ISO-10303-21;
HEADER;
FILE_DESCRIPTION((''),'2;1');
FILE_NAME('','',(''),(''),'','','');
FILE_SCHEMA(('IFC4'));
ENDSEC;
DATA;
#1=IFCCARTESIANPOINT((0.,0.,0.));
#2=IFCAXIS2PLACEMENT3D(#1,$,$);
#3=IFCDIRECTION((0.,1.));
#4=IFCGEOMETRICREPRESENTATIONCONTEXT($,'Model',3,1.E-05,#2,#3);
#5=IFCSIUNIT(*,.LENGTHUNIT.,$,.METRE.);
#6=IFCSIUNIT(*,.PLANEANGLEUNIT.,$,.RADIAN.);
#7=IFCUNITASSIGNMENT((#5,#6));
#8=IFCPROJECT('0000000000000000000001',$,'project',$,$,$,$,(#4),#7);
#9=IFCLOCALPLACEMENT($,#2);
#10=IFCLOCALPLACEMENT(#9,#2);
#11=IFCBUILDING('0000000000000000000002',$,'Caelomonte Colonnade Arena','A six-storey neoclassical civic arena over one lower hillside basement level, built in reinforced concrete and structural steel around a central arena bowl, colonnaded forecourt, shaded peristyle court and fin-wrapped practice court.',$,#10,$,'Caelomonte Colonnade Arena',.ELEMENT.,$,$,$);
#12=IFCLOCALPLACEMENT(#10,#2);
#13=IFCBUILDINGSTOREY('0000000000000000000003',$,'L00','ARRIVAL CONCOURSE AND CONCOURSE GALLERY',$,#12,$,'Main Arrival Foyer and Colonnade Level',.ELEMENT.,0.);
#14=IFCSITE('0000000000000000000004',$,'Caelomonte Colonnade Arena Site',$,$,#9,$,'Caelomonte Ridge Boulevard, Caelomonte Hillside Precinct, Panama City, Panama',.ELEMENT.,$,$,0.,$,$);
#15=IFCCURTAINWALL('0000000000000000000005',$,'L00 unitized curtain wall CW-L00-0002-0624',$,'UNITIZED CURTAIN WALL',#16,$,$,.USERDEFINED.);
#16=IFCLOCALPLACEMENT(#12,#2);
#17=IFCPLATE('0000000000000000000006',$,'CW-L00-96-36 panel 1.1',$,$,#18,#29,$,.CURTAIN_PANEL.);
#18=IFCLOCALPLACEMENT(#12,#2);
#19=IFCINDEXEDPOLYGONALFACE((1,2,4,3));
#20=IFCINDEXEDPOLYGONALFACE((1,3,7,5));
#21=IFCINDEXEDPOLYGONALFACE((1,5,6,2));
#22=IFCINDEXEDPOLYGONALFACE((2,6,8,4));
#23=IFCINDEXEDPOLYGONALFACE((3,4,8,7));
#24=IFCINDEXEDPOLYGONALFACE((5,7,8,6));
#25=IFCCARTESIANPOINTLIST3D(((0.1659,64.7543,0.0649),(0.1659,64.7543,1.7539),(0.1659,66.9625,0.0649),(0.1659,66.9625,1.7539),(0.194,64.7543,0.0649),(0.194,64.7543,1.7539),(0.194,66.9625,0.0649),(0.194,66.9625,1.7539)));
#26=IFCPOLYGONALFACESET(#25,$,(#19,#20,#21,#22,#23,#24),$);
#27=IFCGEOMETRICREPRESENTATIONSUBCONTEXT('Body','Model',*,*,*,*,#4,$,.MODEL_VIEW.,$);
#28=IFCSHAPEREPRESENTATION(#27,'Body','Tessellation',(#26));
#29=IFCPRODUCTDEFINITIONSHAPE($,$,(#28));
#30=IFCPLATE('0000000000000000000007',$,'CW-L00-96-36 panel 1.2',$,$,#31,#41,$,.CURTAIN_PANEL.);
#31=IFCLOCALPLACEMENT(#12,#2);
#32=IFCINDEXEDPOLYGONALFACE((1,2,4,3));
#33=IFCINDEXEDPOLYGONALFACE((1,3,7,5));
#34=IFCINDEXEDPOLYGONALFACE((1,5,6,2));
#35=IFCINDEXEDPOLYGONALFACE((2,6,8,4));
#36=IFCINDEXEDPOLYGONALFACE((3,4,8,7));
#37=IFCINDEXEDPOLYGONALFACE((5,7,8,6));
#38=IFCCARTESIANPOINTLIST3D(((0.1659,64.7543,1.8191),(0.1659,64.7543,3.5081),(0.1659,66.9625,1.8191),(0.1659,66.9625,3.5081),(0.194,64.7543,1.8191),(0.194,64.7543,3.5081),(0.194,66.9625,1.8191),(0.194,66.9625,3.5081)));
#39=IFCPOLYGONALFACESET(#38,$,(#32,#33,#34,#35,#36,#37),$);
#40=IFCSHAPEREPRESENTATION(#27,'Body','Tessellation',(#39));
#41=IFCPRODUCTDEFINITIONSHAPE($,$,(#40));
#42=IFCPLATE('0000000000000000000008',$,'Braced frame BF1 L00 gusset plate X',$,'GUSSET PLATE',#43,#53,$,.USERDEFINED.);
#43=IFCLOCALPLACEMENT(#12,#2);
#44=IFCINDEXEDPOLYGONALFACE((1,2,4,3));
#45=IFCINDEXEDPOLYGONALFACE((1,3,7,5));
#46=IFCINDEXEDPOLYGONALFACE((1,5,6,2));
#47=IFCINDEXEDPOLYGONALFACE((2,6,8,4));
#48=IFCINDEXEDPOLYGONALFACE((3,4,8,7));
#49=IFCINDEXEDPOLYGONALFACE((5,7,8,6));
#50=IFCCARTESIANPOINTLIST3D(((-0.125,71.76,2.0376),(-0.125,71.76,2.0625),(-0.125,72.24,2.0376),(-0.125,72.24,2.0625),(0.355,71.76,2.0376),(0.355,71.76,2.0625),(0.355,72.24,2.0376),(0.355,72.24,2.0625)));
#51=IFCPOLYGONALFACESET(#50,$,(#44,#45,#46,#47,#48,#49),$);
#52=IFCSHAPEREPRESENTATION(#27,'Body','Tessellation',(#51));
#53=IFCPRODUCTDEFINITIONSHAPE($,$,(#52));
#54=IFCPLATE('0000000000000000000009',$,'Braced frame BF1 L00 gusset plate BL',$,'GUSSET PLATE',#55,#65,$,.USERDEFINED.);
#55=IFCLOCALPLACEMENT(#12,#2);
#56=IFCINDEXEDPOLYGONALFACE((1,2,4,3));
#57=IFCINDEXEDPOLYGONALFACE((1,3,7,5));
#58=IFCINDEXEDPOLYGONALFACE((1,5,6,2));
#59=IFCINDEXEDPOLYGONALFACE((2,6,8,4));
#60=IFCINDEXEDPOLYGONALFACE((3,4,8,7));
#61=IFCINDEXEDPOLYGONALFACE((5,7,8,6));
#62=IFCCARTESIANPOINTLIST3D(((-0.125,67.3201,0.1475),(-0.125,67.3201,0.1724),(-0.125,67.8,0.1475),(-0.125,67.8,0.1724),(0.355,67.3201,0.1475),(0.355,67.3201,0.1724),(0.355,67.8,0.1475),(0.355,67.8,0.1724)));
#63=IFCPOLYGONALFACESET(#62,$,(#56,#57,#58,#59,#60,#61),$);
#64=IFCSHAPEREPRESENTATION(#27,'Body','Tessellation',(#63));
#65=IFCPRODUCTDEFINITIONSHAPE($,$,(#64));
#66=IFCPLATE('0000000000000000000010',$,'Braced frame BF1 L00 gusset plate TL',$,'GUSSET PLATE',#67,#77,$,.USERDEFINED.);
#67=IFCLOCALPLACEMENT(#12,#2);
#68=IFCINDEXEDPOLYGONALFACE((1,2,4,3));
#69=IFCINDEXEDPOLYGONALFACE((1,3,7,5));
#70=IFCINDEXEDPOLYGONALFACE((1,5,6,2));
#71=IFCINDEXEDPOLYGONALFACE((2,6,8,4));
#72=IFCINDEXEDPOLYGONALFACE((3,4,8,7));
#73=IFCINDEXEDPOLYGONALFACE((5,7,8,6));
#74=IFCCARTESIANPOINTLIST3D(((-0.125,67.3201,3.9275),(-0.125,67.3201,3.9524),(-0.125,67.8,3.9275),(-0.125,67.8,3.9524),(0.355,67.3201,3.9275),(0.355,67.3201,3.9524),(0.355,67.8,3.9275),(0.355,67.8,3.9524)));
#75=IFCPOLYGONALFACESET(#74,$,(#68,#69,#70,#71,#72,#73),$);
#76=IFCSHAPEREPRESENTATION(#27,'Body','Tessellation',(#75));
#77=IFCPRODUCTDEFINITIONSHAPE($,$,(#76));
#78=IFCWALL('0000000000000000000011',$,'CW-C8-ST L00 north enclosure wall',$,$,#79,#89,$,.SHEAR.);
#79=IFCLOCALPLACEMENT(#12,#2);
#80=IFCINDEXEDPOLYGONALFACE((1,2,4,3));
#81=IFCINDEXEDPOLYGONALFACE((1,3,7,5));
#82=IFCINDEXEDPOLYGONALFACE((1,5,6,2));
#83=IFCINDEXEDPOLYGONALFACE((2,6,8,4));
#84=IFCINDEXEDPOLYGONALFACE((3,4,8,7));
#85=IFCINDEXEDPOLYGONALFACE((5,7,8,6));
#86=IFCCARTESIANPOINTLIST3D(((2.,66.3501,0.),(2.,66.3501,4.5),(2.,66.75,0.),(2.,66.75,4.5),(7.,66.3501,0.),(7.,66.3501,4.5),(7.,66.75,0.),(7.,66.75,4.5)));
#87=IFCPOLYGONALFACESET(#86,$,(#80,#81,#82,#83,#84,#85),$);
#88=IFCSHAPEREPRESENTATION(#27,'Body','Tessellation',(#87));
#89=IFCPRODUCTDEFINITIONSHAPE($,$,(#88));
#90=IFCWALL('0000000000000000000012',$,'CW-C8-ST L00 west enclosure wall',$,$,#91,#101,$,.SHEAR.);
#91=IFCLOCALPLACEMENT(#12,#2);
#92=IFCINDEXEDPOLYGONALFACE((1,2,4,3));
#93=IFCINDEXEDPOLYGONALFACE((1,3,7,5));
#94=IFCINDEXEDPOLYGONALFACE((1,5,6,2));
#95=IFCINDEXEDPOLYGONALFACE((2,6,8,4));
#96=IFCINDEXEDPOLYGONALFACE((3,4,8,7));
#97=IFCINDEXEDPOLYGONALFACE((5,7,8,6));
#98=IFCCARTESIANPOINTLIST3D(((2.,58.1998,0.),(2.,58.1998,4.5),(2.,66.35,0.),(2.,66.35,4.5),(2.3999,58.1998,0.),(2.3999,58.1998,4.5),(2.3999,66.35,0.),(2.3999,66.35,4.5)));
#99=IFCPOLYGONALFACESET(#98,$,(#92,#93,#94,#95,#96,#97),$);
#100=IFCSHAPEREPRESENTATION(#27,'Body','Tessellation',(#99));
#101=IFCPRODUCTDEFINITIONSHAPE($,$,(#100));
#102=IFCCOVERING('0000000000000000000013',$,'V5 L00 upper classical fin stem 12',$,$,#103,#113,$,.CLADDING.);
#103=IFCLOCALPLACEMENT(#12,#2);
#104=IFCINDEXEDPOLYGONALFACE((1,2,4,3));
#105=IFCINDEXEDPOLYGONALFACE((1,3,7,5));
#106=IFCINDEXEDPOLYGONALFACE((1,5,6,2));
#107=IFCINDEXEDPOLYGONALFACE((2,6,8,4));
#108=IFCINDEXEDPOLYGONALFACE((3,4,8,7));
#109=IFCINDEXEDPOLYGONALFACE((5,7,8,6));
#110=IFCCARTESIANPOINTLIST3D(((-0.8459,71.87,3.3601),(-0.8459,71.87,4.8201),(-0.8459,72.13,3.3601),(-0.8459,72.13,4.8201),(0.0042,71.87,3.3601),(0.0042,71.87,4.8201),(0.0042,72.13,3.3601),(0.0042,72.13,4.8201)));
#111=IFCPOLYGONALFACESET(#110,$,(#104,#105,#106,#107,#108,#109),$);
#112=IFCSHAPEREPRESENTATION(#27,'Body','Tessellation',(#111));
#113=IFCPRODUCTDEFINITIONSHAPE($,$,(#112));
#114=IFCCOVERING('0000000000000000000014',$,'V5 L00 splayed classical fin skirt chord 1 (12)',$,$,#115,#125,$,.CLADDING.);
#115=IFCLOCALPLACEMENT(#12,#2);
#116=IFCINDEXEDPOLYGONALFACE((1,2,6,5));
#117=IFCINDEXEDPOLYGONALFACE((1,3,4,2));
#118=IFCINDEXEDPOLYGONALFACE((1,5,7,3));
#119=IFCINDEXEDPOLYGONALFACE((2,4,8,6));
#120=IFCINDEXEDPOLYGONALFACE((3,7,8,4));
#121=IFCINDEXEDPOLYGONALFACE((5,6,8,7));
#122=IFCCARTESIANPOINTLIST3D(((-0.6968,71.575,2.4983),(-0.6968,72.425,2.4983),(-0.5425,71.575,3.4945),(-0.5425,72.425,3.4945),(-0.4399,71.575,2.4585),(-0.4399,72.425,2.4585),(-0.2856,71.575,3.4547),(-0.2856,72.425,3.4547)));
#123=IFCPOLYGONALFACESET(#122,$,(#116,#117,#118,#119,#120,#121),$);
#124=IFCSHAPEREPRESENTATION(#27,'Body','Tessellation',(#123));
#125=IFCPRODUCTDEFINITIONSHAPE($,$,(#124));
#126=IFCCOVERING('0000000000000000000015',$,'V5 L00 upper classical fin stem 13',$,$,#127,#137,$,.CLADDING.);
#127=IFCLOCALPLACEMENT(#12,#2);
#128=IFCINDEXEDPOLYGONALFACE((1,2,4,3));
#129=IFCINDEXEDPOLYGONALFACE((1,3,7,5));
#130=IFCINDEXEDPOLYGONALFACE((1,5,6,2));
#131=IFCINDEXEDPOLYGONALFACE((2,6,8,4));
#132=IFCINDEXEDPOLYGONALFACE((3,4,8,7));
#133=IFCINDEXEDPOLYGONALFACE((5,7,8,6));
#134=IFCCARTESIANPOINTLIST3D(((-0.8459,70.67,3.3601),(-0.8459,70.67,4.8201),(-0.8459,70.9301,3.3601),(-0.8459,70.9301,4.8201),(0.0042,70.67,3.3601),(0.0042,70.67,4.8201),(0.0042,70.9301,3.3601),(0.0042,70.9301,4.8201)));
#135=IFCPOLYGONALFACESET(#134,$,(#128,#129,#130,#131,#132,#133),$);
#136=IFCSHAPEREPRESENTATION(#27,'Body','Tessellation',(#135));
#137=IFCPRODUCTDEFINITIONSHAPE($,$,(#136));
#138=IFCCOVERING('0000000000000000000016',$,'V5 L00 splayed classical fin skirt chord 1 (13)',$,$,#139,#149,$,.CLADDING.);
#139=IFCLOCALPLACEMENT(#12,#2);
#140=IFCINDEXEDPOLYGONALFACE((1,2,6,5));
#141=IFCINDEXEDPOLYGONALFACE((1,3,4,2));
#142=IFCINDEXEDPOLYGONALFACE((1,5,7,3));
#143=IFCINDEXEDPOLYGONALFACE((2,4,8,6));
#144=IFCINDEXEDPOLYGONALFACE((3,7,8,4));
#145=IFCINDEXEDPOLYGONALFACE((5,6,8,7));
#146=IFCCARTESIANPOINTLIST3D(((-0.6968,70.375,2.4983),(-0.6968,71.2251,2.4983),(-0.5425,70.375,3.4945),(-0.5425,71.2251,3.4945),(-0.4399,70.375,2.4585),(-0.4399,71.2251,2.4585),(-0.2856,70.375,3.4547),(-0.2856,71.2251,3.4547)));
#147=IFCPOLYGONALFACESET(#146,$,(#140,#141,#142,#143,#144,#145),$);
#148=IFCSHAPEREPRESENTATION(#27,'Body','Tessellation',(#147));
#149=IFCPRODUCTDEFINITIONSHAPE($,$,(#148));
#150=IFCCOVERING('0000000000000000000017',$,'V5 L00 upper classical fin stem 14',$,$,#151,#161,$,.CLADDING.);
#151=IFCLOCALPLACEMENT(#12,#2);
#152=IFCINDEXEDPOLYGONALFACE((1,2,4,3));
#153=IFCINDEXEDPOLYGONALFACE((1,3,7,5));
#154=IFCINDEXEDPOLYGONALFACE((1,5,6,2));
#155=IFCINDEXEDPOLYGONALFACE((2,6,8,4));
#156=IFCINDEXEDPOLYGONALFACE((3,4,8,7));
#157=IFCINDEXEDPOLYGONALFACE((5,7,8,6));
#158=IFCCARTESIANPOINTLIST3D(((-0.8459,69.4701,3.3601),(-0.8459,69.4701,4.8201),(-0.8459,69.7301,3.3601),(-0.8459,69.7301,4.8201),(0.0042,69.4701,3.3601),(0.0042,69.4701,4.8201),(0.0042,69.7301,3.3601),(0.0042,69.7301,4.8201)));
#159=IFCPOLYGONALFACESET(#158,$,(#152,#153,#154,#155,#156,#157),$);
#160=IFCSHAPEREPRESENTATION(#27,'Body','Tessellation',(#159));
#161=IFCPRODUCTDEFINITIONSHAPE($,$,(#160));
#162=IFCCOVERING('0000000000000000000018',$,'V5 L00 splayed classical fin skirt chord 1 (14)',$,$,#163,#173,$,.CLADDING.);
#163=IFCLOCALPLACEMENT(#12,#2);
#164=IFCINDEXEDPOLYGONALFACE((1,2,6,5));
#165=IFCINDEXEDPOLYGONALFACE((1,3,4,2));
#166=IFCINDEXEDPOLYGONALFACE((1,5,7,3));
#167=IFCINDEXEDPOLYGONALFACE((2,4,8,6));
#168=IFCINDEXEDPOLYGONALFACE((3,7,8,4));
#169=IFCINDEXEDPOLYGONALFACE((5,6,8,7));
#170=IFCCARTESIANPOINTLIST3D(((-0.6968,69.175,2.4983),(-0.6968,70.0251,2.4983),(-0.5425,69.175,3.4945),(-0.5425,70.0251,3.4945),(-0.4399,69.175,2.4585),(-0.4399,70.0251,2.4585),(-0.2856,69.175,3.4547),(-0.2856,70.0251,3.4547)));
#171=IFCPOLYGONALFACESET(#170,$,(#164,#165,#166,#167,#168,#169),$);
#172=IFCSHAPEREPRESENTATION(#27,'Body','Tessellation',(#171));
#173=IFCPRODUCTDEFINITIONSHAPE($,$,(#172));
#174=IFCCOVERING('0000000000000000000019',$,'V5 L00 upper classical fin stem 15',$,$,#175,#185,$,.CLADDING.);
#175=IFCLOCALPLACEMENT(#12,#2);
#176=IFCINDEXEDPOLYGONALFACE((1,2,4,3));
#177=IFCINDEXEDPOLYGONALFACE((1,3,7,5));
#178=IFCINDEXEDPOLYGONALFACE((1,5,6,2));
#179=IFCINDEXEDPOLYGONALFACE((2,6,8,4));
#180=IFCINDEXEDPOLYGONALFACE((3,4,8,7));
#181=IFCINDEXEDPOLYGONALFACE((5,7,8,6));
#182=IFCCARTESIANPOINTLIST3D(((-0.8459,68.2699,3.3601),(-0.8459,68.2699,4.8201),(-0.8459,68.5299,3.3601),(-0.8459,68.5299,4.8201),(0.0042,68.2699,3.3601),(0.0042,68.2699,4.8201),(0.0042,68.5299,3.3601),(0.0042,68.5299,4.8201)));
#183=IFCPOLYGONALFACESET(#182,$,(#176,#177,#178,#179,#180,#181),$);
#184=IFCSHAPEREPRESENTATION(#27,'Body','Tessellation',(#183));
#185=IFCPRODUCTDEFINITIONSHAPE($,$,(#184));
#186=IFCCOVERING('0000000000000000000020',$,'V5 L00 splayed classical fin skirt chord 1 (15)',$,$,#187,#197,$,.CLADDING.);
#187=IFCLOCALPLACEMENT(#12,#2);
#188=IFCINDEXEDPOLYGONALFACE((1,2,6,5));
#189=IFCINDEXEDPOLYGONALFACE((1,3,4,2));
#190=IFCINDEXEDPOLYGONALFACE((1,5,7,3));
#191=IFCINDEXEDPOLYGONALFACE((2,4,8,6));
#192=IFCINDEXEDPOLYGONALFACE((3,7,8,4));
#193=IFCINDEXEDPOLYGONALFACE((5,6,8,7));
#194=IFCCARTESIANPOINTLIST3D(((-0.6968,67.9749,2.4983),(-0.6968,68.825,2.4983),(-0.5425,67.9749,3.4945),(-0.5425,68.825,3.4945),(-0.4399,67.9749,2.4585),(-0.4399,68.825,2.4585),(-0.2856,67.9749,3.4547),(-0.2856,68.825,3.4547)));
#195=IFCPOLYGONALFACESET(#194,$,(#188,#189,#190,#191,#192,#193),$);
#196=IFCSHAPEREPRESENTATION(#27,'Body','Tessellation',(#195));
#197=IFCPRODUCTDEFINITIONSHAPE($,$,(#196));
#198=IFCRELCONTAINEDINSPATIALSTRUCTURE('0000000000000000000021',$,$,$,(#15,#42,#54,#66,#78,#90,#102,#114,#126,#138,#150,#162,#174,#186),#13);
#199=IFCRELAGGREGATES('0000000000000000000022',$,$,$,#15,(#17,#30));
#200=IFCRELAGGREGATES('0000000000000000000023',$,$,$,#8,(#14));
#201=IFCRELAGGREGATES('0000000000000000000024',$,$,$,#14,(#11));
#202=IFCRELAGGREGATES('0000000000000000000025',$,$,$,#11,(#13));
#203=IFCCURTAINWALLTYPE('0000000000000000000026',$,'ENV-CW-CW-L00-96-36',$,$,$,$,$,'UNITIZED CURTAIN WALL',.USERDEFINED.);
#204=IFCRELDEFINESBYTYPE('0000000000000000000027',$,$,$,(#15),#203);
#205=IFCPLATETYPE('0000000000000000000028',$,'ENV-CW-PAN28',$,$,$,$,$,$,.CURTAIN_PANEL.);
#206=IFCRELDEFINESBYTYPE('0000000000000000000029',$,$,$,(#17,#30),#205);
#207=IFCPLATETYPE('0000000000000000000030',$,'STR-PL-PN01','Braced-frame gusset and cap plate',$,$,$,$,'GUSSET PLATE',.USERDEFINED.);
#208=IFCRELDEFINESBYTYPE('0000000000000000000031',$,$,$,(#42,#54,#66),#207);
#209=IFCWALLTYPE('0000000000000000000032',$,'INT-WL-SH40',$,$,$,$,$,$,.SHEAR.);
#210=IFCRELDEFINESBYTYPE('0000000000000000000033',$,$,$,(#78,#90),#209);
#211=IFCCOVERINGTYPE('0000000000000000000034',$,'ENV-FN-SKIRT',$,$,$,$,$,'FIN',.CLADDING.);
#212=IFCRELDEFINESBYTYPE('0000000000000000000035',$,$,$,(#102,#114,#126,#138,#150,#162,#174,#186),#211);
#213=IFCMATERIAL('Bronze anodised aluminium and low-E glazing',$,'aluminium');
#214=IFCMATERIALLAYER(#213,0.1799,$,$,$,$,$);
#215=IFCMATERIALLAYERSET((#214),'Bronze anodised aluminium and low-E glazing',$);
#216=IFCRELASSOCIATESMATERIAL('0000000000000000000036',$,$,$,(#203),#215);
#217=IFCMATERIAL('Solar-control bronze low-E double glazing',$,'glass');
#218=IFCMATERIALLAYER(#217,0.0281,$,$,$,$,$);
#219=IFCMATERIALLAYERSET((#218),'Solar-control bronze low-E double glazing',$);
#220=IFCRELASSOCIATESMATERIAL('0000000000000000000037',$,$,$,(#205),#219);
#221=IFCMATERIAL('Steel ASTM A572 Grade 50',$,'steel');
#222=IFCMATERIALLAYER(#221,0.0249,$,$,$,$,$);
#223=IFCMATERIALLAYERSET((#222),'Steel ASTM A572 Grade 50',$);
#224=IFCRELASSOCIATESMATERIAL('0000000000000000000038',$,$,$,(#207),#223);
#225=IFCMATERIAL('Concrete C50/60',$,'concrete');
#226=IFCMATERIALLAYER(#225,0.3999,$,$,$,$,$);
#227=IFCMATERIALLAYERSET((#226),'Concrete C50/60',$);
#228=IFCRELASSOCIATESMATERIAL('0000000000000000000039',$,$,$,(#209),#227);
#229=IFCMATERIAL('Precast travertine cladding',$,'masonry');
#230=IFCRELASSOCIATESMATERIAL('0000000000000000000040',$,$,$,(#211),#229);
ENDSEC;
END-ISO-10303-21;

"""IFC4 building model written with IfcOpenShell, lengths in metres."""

from ifc_helpers import new_model, si_unit, direction, frame, frame_2d, origin, origin_2d, place, context, subcontext, project, spatial, rectangle, extrude, material, layer, layer_set, material_profile, profile_set, type_object, element, aggregate, save


model = new_model("IFC4")

# Units and contexts
model_context = context("Model", 3, precision=1e-05, world=origin(), true_north=direction((0.0, 1.0)))
body_context = subcontext(model_context, "Body", "Model", "MODEL_VIEW")
ifc_project = project(units=[si_unit("LENGTHUNIT", "METRE"), si_unit("PLANEANGLEUNIT", "RADIAN")], contexts=[model_context])

# Site, building, storey
site_placement = place(None, origin())
site = spatial("IfcSite", under=ifc_project, at=site_placement, Name="Caelomonte Colonnade Arena Site", LongName="Caelomonte Ridge Boulevard, Caelomonte Hillside Precinct, Panama City, Panama", CompositionType="ELEMENT", RefElevation=0.0)
building_placement = place(site_placement, origin())
building = spatial("IfcBuilding", under=site, at=building_placement, Name="Caelomonte Colonnade Arena", Description="A six-storey neoclassical civic arena over one lower hillside basement level, built in reinforced concrete and structural steel around a central arena bowl, colonnaded forecourt, shaded peristyle court and fin-wrapped practice court.", LongName="Caelomonte Colonnade Arena", CompositionType="ELEMENT")
storey_placement = place(building_placement, origin())
storey = spatial("IfcBuildingStorey", under=building, at=storey_placement, Name="L00", Description="ARRIVAL CONCOURSE AND CONCOURSE GALLERY", LongName="Main Arrival Foyer and Colonnade Level", CompositionType="ELEMENT", Elevation=0.0)

# Curtain wall
ifc_material_1 = material(Name="Bronze anodised aluminium and low-E glazing", Category="aluminium")
ifc_layer_1 = layer(ifc_material_1, 0.1799)
ifc_layer_set_1 = layer_set([ifc_layer_1], Name="Bronze anodised aluminium and low-E glazing")
curtain_wall_type = type_object("IfcCurtainWallType", Name="ENV-CW-CW-L00-96-36", ElementType="UNITIZED CURTAIN WALL", PredefinedType="USERDEFINED", material=ifc_layer_set_1)
curtain_wall_placement = place(storey_placement, origin())
curtain_wall = element("IfcCurtainWall", 1, at=curtain_wall_placement, inside=storey, type_object=curtain_wall_type, Name="L00 unitized curtain wall CW-L00-0002-0624", ObjectType="UNITIZED CURTAIN WALL", PredefinedType="USERDEFINED")

# Plates
ifc_material_2 = material(Name="Solar-control bronze low-E double glazing", Category="glass")
ifc_layer_2 = layer(ifc_material_2, 0.0281)
ifc_layer_set_2 = layer_set([ifc_layer_2], Name="Solar-control bronze low-E double glazing")
plate_type_1 = type_object("IfcPlateType", Name="ENV-CW-PAN28", PredefinedType="CURTAIN_PANEL", material=ifc_layer_set_2)
plate_1_placement = place(storey_placement, frame((0.1799, 65.8584, 0.0649), z_axis=(0.0, 0.0, 1.0), x_axis=(0.0, -1.0, 0.0)))
plate_1 = element("IfcPlate", 2, at=plate_1_placement, type_object=plate_type_1, Name="CW-L00-96-36 panel 1.1", PredefinedType="CURTAIN_PANEL", context=body_context, shape_type="SweptSolid", body=[
    extrude(rectangle(XDim=2.2083, YDim=0.0281, at=origin_2d()), origin(), (0.0, 0.0, 1.0), 1.689),
])
plate_2_placement = place(storey_placement, frame((0.1799, 65.8584, 1.8191), z_axis=(0.0, 0.0, 1.0), x_axis=(0.0, -1.0, 0.0)))
plate_2 = element("IfcPlate", 3, at=plate_2_placement, type_object=plate_type_1, Name="CW-L00-96-36 panel 1.2", PredefinedType="CURTAIN_PANEL", context=body_context, shape_type="SweptSolid", body=[
    extrude(rectangle(XDim=2.2083, YDim=0.0281, at=origin_2d()), origin(), (0.0, 0.0, 1.0), 1.689),
])
aggregate(curtain_wall, [plate_1, plate_2])

# Plates
ifc_material_3 = material(Name="Steel ASTM A572 Grade 50", Category="steel")
ifc_layer_3 = layer(ifc_material_3, 0.0249)
ifc_layer_set_3 = layer_set([ifc_layer_3], Name="Steel ASTM A572 Grade 50")
plate_type_2 = type_object("IfcPlateType", Name="STR-PL-PN01", Description="Braced-frame gusset and cap plate", ElementType="GUSSET PLATE", PredefinedType="USERDEFINED", material=ifc_layer_set_3)
for number, where, z_axis, x_axis, name in (
    (4, (0.115, 72.0, 2.0376), (0.0, 0.0, 1.0), (1.0, 0.0, 0.0), "Braced frame BF1 L00 gusset plate X"),
    (5, (0.115, 67.5601, 0.1475), (0.0, 0.0, 1.0), (1.0, 0.0, 0.0), "Braced frame BF1 L00 gusset plate BL"),
    (6, (0.115, 67.5601, 3.9275), (0.0, 0.0, 1.0), (1.0, 0.0, 0.0), "Braced frame BF1 L00 gusset plate TL"),
):
    element("IfcPlate", number, at=place(storey_placement, frame(where, z_axis=z_axis, x_axis=x_axis)), inside=storey, type_object=plate_type_2, Name=name, ObjectType="GUSSET PLATE", PredefinedType="USERDEFINED", context=body_context, shape_type="SweptSolid", body=[
        extrude(rectangle(XDim=0.48, YDim=0.48, at=origin_2d()), origin(), (0.0, 0.0, 1.0), 0.0249),
    ])

# Walls
ifc_material_4 = material(Name="Concrete C50/60", Category="concrete")
ifc_layer_4 = layer(ifc_material_4, 0.3999)
ifc_layer_set_4 = layer_set([ifc_layer_4], Name="Concrete C50/60")
wall_type = type_object("IfcWallType", Name="INT-WL-SH40", PredefinedType="SHEAR", material=ifc_layer_set_4)
wall_1_placement = place(storey_placement, frame((7.0, 66.55, 0.0), z_axis=(0.0, 0.0, 1.0), x_axis=(-1.0, 0.0, 0.0)))
element("IfcWall", 7, at=wall_1_placement, inside=storey, type_object=wall_type, Name="CW-C8-ST L00 north enclosure wall", PredefinedType="SHEAR", context=body_context, shape_type="SweptSolid", body=[
    extrude(rectangle(XDim=5.0, YDim=0.3999, at=frame_2d((2.5, 0.0))), origin(), (0.0, 0.0, 1.0), 4.5),
])
wall_2_placement = place(storey_placement, frame((2.2, 66.3501, 0.0), z_axis=(0.0, 0.0, 1.0), x_axis=(0.0, -1.0, 0.0)))
element("IfcWall", 8, at=wall_2_placement, inside=storey, type_object=wall_type, Name="CW-C8-ST L00 west enclosure wall", PredefinedType="SHEAR", context=body_context, shape_type="SweptSolid", body=[
    extrude(rectangle(XDim=8.1501, YDim=0.3999, at=frame_2d((4.0752, 0.0))), origin(), (0.0, 0.0, 1.0), 4.5),
])

# Coverings
ifc_material_5 = material(Name="Precast travertine cladding", Category="masonry")
ifc_material_profile_1 = material_profile(ifc_material_5, rectangle(XDim=0.26, YDim=0.8501, at=origin_2d()), Name="FIN260X850")
ifc_profile_set_1 = profile_set([ifc_material_profile_1], Name="Precast travertine cladding")
covering_type = type_object("IfcCoveringType", Name="ENV-FN-SKIRT", ElementType="FIN", PredefinedType="CLADDING", material=ifc_profile_set_1)
covering_1_placement = place(storey_placement, frame((-0.4209, 72.0, 3.3601), z_axis=(0.0, 0.0, 1.0), x_axis=(0.0, 1.0, 0.0)))
element("IfcCovering", 9, at=covering_1_placement, inside=storey, type_object=covering_type, Name="V5 L00 upper classical fin stem 12", PredefinedType="CLADDING", context=body_context, shape_type="SweptSolid", body=[
    extrude(rectangle(XDim=0.26, YDim=0.8501, at=origin_2d()), origin(), (0.0, 0.0, 1.0), 1.46),
])
covering_2_placement = place(storey_placement, frame((-0.4141, 72.0, 3.4746), z_axis=(-0.153076, 0.0, -0.988214), x_axis=(-0.988214, 0.0, 0.153076)))
element("IfcCovering", 10, at=covering_2_placement, inside=storey, type_object=covering_type, Name="V5 L00 splayed classical fin skirt chord 1 (12)", PredefinedType="CLADDING", context=body_context, shape_type="SweptSolid", body=[
    extrude(rectangle(XDim=0.26, YDim=0.8501, at=origin_2d()), origin(), (0.0, 0.0, 1.0), 1.0081),
])
covering_3_placement = place(storey_placement, frame((-0.4209, 70.8, 3.3601), z_axis=(0.0, 0.0, 1.0), x_axis=(0.0, 1.0, 0.0)))
element("IfcCovering", 11, at=covering_3_placement, inside=storey, type_object=covering_type, Name="V5 L00 upper classical fin stem 13", PredefinedType="CLADDING", context=body_context, shape_type="SweptSolid", body=[
    extrude(rectangle(XDim=0.26, YDim=0.8501, at=origin_2d()), origin(), (0.0, 0.0, 1.0), 1.46),
])
covering_4_placement = place(storey_placement, frame((-0.4141, 70.8, 3.4746), z_axis=(-0.153076, 0.0, -0.988214), x_axis=(-0.988214, 0.0, 0.153076)))
element("IfcCovering", 12, at=covering_4_placement, inside=storey, type_object=covering_type, Name="V5 L00 splayed classical fin skirt chord 1 (13)", PredefinedType="CLADDING", context=body_context, shape_type="SweptSolid", body=[
    extrude(rectangle(XDim=0.26, YDim=0.8501, at=origin_2d()), origin(), (0.0, 0.0, 1.0), 1.0081),
])
covering_5_placement = place(storey_placement, frame((-0.4209, 69.6001, 3.3601), z_axis=(0.0, 0.0, 1.0), x_axis=(0.0, 1.0, 0.0)))
element("IfcCovering", 13, at=covering_5_placement, inside=storey, type_object=covering_type, Name="V5 L00 upper classical fin stem 14", PredefinedType="CLADDING", context=body_context, shape_type="SweptSolid", body=[
    extrude(rectangle(XDim=0.26, YDim=0.8501, at=origin_2d()), origin(), (0.0, 0.0, 1.0), 1.46),
])
covering_6_placement = place(storey_placement, frame((-0.4141, 69.6001, 3.4746), z_axis=(-0.153076, 0.0, -0.988214), x_axis=(-0.988214, 0.0, 0.153076)))
element("IfcCovering", 14, at=covering_6_placement, inside=storey, type_object=covering_type, Name="V5 L00 splayed classical fin skirt chord 1 (14)", PredefinedType="CLADDING", context=body_context, shape_type="SweptSolid", body=[
    extrude(rectangle(XDim=0.26, YDim=0.8501, at=origin_2d()), origin(), (0.0, 0.0, 1.0), 1.0081),
])
covering_7_placement = place(storey_placement, frame((-0.4209, 68.3999, 3.3601), z_axis=(0.0, 0.0, 1.0), x_axis=(0.0, 1.0, 0.0)))
element("IfcCovering", 15, at=covering_7_placement, inside=storey, type_object=covering_type, Name="V5 L00 upper classical fin stem 15", PredefinedType="CLADDING", context=body_context, shape_type="SweptSolid", body=[
    extrude(rectangle(XDim=0.26, YDim=0.8501, at=origin_2d()), origin(), (0.0, 0.0, 1.0), 1.46),
])
for number, where, z_axis, x_axis, name in (
    (16, (-0.4141, 68.3999, 3.4746), (-0.153076, 0.0, -0.988214), (-0.988214, 0.0, 0.153076), "V5 L00 splayed classical fin skirt chord 1 (15)"),
):
    element("IfcCovering", number, at=place(storey_placement, frame(where, z_axis=z_axis, x_axis=x_axis)), inside=storey, type_object=covering_type, Name=name, PredefinedType="CLADDING", context=body_context, shape_type="SweptSolid", body=[
        extrude(rectangle(XDim=0.26, YDim=0.8501, at=origin_2d()), origin(), (0.0, 0.0, 1.0), 1.0081),
    ])

save(model, "model.ifc")
